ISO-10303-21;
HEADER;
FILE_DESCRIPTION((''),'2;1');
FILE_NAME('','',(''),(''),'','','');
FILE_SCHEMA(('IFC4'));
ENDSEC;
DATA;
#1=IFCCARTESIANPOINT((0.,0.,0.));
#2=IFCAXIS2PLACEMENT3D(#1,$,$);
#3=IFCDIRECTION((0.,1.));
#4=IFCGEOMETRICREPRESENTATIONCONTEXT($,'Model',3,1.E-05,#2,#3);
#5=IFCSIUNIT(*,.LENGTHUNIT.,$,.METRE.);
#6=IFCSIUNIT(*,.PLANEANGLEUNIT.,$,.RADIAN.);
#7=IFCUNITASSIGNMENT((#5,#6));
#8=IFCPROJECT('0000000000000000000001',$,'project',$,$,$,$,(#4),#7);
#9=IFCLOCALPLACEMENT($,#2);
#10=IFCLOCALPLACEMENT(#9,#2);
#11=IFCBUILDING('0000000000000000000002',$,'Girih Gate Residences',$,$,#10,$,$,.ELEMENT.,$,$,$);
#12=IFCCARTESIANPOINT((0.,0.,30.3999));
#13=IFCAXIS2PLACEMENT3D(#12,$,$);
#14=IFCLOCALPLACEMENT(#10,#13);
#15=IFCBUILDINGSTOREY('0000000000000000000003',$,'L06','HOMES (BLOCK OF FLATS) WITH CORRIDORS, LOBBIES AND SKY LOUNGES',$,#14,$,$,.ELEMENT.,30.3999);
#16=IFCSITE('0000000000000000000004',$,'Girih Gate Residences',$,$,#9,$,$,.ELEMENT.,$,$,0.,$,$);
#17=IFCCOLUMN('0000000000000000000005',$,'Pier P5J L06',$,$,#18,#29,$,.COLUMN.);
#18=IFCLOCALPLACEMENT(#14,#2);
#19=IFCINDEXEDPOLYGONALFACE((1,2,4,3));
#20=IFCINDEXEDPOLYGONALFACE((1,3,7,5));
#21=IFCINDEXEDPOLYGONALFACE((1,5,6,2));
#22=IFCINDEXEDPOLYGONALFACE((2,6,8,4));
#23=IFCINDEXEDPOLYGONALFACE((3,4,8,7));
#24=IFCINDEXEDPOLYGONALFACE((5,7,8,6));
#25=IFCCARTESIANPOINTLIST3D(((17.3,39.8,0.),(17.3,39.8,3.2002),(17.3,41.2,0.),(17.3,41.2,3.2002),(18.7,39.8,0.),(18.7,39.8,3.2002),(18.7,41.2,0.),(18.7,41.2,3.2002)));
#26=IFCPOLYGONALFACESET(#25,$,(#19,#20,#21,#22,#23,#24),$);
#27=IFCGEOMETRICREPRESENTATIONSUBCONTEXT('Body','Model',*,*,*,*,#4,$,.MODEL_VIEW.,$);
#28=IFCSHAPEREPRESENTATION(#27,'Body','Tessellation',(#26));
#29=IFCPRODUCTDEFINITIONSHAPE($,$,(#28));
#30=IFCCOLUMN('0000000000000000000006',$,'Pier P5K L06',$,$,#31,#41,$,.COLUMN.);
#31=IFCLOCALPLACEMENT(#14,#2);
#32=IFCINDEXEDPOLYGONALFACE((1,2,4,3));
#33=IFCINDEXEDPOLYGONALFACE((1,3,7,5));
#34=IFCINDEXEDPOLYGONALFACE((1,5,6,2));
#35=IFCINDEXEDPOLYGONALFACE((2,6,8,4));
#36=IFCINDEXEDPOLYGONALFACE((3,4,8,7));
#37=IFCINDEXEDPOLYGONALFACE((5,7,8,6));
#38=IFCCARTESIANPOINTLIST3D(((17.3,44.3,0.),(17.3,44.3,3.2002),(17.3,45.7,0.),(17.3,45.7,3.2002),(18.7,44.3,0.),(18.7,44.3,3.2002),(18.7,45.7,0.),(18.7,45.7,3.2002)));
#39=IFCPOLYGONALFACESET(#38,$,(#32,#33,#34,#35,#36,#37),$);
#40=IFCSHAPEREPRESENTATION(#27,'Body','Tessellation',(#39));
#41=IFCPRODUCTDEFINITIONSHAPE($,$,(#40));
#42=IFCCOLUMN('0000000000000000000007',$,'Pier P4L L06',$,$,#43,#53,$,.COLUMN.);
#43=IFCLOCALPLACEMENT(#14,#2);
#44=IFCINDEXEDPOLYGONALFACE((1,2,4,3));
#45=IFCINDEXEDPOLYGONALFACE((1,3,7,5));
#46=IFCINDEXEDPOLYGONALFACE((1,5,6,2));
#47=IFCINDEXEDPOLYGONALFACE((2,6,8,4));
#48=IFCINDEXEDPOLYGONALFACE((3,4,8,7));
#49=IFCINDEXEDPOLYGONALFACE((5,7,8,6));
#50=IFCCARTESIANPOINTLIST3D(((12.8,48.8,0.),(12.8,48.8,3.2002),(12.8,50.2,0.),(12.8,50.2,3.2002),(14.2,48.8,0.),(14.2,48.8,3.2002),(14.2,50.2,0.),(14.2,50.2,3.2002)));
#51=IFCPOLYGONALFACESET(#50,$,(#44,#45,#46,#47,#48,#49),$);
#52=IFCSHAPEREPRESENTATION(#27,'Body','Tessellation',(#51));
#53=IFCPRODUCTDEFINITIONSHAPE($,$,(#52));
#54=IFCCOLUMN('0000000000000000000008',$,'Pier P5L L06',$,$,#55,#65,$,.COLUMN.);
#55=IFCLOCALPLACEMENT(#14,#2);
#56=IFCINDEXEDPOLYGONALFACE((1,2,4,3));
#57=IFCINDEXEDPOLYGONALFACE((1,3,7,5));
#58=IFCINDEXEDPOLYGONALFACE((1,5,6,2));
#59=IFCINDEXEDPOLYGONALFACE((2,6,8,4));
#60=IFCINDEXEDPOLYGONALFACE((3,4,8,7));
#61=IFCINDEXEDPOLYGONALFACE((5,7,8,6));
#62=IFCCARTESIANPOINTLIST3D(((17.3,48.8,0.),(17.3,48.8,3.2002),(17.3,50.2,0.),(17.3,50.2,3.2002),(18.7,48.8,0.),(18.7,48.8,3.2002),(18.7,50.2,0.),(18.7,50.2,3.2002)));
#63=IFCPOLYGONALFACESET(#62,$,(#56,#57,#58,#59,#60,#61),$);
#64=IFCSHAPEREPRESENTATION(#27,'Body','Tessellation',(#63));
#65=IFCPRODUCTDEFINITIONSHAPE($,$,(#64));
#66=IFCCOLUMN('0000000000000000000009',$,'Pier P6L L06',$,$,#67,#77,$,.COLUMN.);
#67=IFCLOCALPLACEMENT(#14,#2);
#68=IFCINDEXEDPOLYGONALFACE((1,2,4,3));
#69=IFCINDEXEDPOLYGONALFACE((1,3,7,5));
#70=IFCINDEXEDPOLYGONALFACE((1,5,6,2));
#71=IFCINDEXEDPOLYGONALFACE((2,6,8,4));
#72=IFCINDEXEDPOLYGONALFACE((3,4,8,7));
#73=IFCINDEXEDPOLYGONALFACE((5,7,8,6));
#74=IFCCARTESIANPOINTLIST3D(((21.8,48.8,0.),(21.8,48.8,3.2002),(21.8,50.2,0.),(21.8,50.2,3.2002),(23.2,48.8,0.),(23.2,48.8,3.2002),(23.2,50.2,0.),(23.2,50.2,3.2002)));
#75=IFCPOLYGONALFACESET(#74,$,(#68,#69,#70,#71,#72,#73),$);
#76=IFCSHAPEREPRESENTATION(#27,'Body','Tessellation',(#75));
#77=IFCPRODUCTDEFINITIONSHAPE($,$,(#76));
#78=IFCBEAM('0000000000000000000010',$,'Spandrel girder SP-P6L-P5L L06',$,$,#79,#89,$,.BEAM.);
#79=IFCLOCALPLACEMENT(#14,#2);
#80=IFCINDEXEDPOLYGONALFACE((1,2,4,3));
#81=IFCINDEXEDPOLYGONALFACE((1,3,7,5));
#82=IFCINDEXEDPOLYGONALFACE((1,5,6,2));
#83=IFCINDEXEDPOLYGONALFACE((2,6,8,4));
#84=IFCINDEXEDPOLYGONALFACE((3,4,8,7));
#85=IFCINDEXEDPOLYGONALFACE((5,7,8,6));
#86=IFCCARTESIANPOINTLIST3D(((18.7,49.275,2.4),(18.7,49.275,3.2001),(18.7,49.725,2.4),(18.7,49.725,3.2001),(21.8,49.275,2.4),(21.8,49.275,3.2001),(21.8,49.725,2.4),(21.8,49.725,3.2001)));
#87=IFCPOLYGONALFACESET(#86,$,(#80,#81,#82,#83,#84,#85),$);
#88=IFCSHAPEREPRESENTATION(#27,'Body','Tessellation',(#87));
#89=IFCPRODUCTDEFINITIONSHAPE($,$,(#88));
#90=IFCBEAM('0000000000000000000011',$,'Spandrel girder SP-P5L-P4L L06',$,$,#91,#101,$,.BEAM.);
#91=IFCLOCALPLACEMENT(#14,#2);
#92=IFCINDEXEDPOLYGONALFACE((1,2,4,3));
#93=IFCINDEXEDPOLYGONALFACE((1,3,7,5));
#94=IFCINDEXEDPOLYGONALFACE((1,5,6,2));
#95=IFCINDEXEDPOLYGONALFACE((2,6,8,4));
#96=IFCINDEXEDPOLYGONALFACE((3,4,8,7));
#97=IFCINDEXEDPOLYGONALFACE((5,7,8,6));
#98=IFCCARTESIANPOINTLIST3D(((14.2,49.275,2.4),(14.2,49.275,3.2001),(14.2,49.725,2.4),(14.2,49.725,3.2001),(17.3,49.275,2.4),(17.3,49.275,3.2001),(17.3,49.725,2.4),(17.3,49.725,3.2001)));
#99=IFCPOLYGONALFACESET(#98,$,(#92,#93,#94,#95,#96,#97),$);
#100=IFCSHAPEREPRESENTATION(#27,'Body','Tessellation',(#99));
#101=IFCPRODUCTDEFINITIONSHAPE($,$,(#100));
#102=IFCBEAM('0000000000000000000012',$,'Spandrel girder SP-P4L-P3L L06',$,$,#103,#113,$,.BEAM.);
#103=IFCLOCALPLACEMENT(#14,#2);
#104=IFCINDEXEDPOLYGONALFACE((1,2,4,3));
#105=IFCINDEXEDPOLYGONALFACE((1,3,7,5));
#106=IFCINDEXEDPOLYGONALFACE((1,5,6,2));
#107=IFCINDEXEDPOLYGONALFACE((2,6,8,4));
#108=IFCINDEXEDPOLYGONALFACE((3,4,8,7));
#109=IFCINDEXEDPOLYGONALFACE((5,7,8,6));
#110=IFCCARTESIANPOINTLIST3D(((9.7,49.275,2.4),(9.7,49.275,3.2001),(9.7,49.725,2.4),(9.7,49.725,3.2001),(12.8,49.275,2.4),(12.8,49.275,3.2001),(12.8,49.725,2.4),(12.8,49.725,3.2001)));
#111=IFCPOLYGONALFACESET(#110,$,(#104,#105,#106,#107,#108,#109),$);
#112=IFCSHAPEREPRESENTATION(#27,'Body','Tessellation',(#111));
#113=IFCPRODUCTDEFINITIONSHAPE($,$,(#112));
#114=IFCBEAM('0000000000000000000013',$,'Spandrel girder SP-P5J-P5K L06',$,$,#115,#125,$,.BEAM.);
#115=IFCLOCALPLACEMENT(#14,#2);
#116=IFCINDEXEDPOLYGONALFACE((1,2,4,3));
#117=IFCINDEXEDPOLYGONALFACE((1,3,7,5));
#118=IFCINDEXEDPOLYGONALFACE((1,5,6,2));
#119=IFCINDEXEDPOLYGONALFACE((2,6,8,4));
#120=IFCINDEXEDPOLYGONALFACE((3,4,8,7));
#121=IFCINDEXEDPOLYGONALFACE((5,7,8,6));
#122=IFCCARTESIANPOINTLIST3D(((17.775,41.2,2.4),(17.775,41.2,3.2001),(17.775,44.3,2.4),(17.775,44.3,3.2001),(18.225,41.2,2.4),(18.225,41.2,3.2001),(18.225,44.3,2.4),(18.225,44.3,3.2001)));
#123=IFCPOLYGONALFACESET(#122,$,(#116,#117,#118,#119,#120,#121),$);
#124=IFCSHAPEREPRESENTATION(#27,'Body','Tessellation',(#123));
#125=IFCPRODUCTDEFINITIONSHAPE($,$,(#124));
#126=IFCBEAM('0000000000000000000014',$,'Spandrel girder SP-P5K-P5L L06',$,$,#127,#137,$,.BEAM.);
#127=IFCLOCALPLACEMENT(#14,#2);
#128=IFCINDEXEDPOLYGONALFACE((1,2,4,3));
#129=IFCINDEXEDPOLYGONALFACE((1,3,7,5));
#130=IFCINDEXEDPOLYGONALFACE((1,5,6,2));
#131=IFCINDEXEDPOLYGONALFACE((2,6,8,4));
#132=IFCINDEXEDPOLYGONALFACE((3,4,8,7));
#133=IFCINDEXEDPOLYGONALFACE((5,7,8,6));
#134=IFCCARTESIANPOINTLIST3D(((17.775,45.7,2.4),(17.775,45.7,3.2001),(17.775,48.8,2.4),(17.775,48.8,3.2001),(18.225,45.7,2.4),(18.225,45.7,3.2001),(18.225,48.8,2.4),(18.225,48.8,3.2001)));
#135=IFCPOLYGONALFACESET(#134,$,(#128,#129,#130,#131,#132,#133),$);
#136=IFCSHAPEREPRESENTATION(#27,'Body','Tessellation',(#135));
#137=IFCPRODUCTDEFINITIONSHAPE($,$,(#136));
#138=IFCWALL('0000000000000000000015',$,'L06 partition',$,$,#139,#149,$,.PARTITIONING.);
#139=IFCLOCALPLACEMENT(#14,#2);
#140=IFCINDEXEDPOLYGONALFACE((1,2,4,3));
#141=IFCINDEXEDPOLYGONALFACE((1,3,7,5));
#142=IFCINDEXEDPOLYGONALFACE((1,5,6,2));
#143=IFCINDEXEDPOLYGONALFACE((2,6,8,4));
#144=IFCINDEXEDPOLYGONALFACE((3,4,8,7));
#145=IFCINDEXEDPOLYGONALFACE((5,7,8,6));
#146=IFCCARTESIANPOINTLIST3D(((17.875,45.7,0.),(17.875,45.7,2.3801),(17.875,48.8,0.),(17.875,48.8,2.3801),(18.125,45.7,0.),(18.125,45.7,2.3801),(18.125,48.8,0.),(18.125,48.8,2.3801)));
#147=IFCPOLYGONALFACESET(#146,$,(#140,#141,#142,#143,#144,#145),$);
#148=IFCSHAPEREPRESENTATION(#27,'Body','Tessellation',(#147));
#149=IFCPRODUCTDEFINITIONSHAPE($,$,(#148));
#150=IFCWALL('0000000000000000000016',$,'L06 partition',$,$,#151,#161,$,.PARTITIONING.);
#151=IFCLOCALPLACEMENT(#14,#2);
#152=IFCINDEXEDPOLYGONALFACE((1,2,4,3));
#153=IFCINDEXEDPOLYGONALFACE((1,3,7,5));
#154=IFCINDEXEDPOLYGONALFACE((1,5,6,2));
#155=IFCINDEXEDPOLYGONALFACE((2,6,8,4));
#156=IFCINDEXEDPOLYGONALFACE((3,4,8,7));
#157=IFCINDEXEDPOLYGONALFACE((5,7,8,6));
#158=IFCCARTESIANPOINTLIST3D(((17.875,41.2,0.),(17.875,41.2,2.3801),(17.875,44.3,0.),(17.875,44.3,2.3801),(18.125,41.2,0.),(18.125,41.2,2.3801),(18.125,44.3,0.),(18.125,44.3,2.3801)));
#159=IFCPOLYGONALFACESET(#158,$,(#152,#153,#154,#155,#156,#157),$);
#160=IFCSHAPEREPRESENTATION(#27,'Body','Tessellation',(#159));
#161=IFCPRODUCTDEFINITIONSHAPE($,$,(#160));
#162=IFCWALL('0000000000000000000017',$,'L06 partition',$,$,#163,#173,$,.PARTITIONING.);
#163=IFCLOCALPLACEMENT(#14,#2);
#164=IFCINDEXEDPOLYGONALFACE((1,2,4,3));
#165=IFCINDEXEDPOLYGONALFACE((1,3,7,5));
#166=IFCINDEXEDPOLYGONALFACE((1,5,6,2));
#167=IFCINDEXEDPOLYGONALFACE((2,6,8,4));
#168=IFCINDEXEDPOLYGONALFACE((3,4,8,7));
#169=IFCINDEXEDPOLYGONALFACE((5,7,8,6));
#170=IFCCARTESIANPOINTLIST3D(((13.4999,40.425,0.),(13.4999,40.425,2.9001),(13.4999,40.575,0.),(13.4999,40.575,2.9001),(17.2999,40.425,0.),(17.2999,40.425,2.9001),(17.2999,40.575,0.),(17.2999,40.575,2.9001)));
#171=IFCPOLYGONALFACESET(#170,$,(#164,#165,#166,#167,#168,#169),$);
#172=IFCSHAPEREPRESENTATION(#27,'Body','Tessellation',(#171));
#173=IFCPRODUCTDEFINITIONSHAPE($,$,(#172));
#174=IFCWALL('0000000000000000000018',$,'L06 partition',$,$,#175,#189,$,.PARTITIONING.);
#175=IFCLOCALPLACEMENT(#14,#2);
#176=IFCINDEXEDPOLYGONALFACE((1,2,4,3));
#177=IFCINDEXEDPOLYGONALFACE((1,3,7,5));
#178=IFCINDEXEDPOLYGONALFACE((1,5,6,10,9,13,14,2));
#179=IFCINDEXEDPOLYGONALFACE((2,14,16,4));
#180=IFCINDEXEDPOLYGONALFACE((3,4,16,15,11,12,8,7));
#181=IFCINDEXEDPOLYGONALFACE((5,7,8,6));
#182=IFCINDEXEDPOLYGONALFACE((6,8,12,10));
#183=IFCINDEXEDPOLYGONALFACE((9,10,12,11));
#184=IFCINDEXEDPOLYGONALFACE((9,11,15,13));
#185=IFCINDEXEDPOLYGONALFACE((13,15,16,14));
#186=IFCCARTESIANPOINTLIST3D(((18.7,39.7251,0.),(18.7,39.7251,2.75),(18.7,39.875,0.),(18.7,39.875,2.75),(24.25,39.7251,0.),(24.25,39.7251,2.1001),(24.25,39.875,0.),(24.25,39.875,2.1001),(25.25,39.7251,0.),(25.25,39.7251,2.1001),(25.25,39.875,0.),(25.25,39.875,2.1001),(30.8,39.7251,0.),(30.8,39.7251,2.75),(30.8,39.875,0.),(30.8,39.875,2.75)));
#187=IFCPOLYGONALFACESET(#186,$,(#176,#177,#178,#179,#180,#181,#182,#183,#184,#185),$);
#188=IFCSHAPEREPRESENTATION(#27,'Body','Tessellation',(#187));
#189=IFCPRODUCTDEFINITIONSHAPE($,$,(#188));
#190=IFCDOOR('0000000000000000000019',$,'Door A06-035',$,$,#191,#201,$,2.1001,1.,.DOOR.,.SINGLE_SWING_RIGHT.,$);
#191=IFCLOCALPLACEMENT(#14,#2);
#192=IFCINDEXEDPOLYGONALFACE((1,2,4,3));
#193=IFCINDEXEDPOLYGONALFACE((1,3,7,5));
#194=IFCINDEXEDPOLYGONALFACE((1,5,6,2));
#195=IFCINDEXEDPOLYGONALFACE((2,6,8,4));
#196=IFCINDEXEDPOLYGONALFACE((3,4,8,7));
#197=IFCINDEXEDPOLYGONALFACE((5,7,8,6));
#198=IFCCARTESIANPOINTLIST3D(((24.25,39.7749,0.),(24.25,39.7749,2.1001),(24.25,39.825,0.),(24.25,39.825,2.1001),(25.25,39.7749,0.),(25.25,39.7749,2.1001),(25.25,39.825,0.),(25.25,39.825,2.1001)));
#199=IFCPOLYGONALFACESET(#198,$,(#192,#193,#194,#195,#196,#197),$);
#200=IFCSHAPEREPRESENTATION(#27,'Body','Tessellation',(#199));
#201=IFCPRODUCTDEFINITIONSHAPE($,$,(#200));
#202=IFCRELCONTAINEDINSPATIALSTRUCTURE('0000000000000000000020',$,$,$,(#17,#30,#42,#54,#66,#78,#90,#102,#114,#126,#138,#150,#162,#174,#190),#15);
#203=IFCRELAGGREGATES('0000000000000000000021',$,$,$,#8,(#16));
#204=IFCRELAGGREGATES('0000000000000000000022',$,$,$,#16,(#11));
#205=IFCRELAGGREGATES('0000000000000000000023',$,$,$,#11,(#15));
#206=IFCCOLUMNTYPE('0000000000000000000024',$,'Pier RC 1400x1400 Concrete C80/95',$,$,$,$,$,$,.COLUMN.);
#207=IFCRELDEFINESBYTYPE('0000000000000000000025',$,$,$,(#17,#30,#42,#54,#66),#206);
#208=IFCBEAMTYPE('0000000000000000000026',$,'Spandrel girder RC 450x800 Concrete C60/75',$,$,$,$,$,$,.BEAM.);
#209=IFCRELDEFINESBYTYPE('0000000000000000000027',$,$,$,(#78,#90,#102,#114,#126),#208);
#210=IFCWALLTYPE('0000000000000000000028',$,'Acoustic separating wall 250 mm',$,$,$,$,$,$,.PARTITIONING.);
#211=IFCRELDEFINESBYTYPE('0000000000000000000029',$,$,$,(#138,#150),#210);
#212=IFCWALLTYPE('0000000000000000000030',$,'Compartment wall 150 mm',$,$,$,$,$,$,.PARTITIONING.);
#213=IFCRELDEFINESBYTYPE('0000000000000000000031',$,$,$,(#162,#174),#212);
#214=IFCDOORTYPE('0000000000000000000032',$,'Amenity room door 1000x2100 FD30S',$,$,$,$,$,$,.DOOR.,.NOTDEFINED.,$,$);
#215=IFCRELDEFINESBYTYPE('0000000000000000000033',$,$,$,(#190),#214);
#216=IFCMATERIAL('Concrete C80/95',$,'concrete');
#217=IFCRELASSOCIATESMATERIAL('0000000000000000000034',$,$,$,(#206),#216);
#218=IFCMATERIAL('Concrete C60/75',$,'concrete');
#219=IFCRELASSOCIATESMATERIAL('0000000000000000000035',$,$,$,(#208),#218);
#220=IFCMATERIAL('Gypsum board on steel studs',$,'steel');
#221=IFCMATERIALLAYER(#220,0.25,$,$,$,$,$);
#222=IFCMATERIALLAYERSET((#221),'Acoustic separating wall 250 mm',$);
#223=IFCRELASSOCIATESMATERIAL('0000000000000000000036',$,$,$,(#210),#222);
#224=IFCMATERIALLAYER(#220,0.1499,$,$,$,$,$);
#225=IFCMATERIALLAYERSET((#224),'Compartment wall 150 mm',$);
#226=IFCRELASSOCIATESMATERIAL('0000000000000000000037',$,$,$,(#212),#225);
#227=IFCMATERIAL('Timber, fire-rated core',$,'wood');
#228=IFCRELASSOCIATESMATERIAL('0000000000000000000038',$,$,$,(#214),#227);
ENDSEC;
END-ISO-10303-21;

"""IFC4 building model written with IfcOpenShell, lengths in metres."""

from ifc_helpers import new_model, si_unit, direction, frame, frame_2d, origin, origin_2d, place, context, subcontext, project, spatial, rectangle, extrude, material, layer, layer_set, material_profile, profile_set, type_object, element, fill, save


model = new_model("IFC4")

# Units and contexts
model_context = context("Model", 3, precision=1e-05, world=origin(), true_north=direction((0.0, 1.0)))
body_context = subcontext(model_context, "Body", "Model", "MODEL_VIEW")
ifc_project = project(units=[si_unit("LENGTHUNIT", "METRE"), si_unit("PLANEANGLEUNIT", "RADIAN")], contexts=[model_context])

# Site, building, storey
site_placement = place(None, origin())
site = spatial("IfcSite", under=ifc_project, at=site_placement, Name="Girih Gate Residences", CompositionType="ELEMENT", RefElevation=0.0)
building_placement = place(site_placement, origin())
building = spatial("IfcBuilding", under=site, at=building_placement, Name="Girih Gate Residences", CompositionType="ELEMENT")
storey_placement = place(building_placement, frame((0.0, 0.0, 30.3999)))
storey = spatial("IfcBuildingStorey", under=building, at=storey_placement, Name="L06", Description="HOMES (BLOCK OF FLATS) WITH CORRIDORS, LOBBIES AND SKY LOUNGES", CompositionType="ELEMENT", Elevation=30.3999)

# Columns
ifc_material_1 = material(Name="Concrete C80/95", Category="concrete")
ifc_material_profile_1 = material_profile(ifc_material_1, rectangle(XDim=1.3999, YDim=1.3999, at=origin_2d()))
ifc_profile_set_1 = profile_set([ifc_material_profile_1], Name="Concrete C80/95")
column_type = type_object("IfcColumnType", Name="Pier RC 1400x1400 Concrete C80/95", PredefinedType="COLUMN", material=ifc_profile_set_1)
for number, where, z_axis, x_axis, name in (
    (1, (18.0, 40.5, 0.0), (0.0, 0.0, 1.0), (1.0, 0.0, 0.0), "Pier P5J L06"),
    (2, (18.0, 45.0, 0.0), (0.0, 0.0, 1.0), (1.0, 0.0, 0.0), "Pier P5K L06"),
    (3, (13.5, 49.5, 0.0), (0.0, 0.0, 1.0), (1.0, 0.0, 0.0), "Pier P4L L06"),
    (4, (18.0, 49.5, 0.0), (0.0, 0.0, 1.0), (1.0, 0.0, 0.0), "Pier P5L L06"),
    (5, (22.5, 49.5, 0.0), (0.0, 0.0, 1.0), (1.0, 0.0, 0.0), "Pier P6L L06"),
):
    element("IfcColumn", number, at=place(storey_placement, frame(where, z_axis=z_axis, x_axis=x_axis)), inside=storey, type_object=column_type, Name=name, PredefinedType="COLUMN", context=body_context, shape_type="SweptSolid", body=[
        extrude(rectangle(XDim=1.3999, YDim=1.3999, at=origin_2d()), origin(), (0.0, 0.0, 1.0), 3.2002),
    ])

# Beams
ifc_material_2 = material(Name="Concrete C60/75", Category="concrete")
ifc_material_profile_2 = material_profile(ifc_material_2, rectangle(XDim=0.45, YDim=0.8, at=origin_2d()))
ifc_profile_set_2 = profile_set([ifc_material_profile_2], Name="Concrete C60/75")
beam_type = type_object("IfcBeamType", Name="Spandrel girder RC 450x800 Concrete C60/75", PredefinedType="BEAM", material=ifc_profile_set_2)
for number, where, z_axis, x_axis, name in (
    (6, (21.8, 49.5, 2.8), (-1.0, 0.0, 0.0), (0.0, -1.0, 0.0), "Spandrel girder SP-P6L-P5L L06"),
    (7, (17.3, 49.5, 2.8), (-1.0, 0.0, 0.0), (0.0, -1.0, 0.0), "Spandrel girder SP-P5L-P4L L06"),
    (8, (12.8, 49.5, 2.8), (-1.0, 0.0, 0.0), (0.0, -1.0, 0.0), "Spandrel girder SP-P4L-P3L L06"),
    (9, (18.0, 41.2, 2.8), (0.0, 1.0, 0.0), (-1.0, 0.0, 0.0), "Spandrel girder SP-P5J-P5K L06"),
    (10, (18.0, 45.7, 2.8), (0.0, 1.0, 0.0), (-1.0, 0.0, 0.0), "Spandrel girder SP-P5K-P5L L06"),
):
    element("IfcBeam", number, at=place(storey_placement, frame(where, z_axis=z_axis, x_axis=x_axis)), inside=storey, type_object=beam_type, Name=name, PredefinedType="BEAM", context=body_context, shape_type="SweptSolid", body=[
        extrude(rectangle(XDim=0.45, YDim=0.8, at=origin_2d()), origin(), (0.0, 0.0, 1.0), 3.1001),
    ])

# Walls
ifc_material_3 = material(Name="Gypsum board on steel studs", Category="steel")
ifc_layer_1 = layer(ifc_material_3, 0.25)
ifc_layer_set_1 = layer_set([ifc_layer_1], Name="Acoustic separating wall 250 mm")
wall_type_1 = type_object("IfcWallType", Name="Acoustic separating wall 250 mm", PredefinedType="PARTITIONING", material=ifc_layer_set_1)
for number, where, z_axis, x_axis, name in (
    (11, (18.0, 45.7, 0.0), (0.0, 0.0, 1.0), (0.0, 1.0, 0.0), "L06 partition"),
    (12, (18.0, 41.2, 0.0), (0.0, 0.0, 1.0), (0.0, 1.0, 0.0), "L06 partition"),
):
    element("IfcWall", number, at=place(storey_placement, frame(where, z_axis=z_axis, x_axis=x_axis)), inside=storey, type_object=wall_type_1, Name=name, PredefinedType="PARTITIONING", context=body_context, shape_type="SweptSolid", body=[
        extrude(rectangle(XDim=3.1001, YDim=0.25, at=frame_2d((1.55, 0.0))), origin(), (0.0, 0.0, 1.0), 2.3801),
    ])
ifc_layer_2 = layer(ifc_material_3, 0.1499)
ifc_layer_set_2 = layer_set([ifc_layer_2], Name="Compartment wall 150 mm")
wall_type_2 = type_object("IfcWallType", Name="Compartment wall 150 mm", PredefinedType="PARTITIONING", material=ifc_layer_set_2)
wall_1_placement = place(storey_placement, frame((13.5, 40.5, 0.0), z_axis=(0.0, 0.0, 1.0), x_axis=(1.0, 0.0, 0.0)))
element("IfcWall", 13, at=wall_1_placement, inside=storey, type_object=wall_type_2, Name="L06 partition", PredefinedType="PARTITIONING", context=body_context, shape_type="SweptSolid", body=[
    extrude(rectangle(XDim=3.8, YDim=0.1499, at=frame_2d((1.8999, 0.0))), origin(), (0.0, 0.0, 1.0), 2.9001),
])

# Wall, opening, door
wall_2_placement = place(storey_placement, frame((18.7, 39.8, 0.0), z_axis=(0.0, 0.0, 1.0), x_axis=(1.0, 0.0, 0.0)))
wall_2 = element("IfcWall", 14, at=wall_2_placement, inside=storey, type_object=wall_type_2, Name="L06 partition", PredefinedType="PARTITIONING", context=body_context, shape_type="SweptSolid", body=[
    extrude(rectangle(XDim=12.1001, YDim=0.1499, at=frame_2d((6.05, 0.0))), origin(), (0.0, 0.0, 1.0), 2.75),
])
opening_1_placement = place(wall_2_placement, frame((5.55, 0.0, 0.0)))
opening_1 = element("IfcOpeningElement", 15, at=opening_1_placement, cuts=wall_2, PredefinedType="OPENING", context=body_context, shape_type="SweptSolid", body=[
    extrude(rectangle(XDim=1.0, YDim=2.1001, at=frame_2d((0.5, 1.05))), frame((0.0, 0.085, 0.0), z_axis=(0.0, -1.0, 0.0), x_axis=(1.0, 0.0, 0.0)), (0.0, 0.0, 1.0), 0.1699),
])
ifc_material_4 = material(Name="Timber, fire-rated core", Category="wood")
door_type_1 = type_object("IfcDoorType", Name="Amenity room door 1000x2100 FD30S", OperationType="NOTDEFINED", PredefinedType="DOOR", material=ifc_material_4)
door_1_placement = place(opening_1_placement, origin())
door_1 = element("IfcDoor", 16, at=door_1_placement, inside=storey, type_object=door_type_1, Name="Door A06-035", OperationType="SINGLE_SWING_RIGHT", OverallHeight=2.1001, OverallWidth=1.0, PredefinedType="DOOR", context=body_context, shape_type="SweptSolid", body=[
    extrude(rectangle(XDim=1.0, YDim=2.1001, at=frame_2d((0.5, 1.05))), frame((0.0, 0.0249, 0.0), z_axis=(0.0, -1.0, 0.0), x_axis=(1.0, 0.0, 0.0)), (0.0, 0.0, 1.0), 0.05),
])
fill(opening_1, door_1)

save(model, "model.ifc")
